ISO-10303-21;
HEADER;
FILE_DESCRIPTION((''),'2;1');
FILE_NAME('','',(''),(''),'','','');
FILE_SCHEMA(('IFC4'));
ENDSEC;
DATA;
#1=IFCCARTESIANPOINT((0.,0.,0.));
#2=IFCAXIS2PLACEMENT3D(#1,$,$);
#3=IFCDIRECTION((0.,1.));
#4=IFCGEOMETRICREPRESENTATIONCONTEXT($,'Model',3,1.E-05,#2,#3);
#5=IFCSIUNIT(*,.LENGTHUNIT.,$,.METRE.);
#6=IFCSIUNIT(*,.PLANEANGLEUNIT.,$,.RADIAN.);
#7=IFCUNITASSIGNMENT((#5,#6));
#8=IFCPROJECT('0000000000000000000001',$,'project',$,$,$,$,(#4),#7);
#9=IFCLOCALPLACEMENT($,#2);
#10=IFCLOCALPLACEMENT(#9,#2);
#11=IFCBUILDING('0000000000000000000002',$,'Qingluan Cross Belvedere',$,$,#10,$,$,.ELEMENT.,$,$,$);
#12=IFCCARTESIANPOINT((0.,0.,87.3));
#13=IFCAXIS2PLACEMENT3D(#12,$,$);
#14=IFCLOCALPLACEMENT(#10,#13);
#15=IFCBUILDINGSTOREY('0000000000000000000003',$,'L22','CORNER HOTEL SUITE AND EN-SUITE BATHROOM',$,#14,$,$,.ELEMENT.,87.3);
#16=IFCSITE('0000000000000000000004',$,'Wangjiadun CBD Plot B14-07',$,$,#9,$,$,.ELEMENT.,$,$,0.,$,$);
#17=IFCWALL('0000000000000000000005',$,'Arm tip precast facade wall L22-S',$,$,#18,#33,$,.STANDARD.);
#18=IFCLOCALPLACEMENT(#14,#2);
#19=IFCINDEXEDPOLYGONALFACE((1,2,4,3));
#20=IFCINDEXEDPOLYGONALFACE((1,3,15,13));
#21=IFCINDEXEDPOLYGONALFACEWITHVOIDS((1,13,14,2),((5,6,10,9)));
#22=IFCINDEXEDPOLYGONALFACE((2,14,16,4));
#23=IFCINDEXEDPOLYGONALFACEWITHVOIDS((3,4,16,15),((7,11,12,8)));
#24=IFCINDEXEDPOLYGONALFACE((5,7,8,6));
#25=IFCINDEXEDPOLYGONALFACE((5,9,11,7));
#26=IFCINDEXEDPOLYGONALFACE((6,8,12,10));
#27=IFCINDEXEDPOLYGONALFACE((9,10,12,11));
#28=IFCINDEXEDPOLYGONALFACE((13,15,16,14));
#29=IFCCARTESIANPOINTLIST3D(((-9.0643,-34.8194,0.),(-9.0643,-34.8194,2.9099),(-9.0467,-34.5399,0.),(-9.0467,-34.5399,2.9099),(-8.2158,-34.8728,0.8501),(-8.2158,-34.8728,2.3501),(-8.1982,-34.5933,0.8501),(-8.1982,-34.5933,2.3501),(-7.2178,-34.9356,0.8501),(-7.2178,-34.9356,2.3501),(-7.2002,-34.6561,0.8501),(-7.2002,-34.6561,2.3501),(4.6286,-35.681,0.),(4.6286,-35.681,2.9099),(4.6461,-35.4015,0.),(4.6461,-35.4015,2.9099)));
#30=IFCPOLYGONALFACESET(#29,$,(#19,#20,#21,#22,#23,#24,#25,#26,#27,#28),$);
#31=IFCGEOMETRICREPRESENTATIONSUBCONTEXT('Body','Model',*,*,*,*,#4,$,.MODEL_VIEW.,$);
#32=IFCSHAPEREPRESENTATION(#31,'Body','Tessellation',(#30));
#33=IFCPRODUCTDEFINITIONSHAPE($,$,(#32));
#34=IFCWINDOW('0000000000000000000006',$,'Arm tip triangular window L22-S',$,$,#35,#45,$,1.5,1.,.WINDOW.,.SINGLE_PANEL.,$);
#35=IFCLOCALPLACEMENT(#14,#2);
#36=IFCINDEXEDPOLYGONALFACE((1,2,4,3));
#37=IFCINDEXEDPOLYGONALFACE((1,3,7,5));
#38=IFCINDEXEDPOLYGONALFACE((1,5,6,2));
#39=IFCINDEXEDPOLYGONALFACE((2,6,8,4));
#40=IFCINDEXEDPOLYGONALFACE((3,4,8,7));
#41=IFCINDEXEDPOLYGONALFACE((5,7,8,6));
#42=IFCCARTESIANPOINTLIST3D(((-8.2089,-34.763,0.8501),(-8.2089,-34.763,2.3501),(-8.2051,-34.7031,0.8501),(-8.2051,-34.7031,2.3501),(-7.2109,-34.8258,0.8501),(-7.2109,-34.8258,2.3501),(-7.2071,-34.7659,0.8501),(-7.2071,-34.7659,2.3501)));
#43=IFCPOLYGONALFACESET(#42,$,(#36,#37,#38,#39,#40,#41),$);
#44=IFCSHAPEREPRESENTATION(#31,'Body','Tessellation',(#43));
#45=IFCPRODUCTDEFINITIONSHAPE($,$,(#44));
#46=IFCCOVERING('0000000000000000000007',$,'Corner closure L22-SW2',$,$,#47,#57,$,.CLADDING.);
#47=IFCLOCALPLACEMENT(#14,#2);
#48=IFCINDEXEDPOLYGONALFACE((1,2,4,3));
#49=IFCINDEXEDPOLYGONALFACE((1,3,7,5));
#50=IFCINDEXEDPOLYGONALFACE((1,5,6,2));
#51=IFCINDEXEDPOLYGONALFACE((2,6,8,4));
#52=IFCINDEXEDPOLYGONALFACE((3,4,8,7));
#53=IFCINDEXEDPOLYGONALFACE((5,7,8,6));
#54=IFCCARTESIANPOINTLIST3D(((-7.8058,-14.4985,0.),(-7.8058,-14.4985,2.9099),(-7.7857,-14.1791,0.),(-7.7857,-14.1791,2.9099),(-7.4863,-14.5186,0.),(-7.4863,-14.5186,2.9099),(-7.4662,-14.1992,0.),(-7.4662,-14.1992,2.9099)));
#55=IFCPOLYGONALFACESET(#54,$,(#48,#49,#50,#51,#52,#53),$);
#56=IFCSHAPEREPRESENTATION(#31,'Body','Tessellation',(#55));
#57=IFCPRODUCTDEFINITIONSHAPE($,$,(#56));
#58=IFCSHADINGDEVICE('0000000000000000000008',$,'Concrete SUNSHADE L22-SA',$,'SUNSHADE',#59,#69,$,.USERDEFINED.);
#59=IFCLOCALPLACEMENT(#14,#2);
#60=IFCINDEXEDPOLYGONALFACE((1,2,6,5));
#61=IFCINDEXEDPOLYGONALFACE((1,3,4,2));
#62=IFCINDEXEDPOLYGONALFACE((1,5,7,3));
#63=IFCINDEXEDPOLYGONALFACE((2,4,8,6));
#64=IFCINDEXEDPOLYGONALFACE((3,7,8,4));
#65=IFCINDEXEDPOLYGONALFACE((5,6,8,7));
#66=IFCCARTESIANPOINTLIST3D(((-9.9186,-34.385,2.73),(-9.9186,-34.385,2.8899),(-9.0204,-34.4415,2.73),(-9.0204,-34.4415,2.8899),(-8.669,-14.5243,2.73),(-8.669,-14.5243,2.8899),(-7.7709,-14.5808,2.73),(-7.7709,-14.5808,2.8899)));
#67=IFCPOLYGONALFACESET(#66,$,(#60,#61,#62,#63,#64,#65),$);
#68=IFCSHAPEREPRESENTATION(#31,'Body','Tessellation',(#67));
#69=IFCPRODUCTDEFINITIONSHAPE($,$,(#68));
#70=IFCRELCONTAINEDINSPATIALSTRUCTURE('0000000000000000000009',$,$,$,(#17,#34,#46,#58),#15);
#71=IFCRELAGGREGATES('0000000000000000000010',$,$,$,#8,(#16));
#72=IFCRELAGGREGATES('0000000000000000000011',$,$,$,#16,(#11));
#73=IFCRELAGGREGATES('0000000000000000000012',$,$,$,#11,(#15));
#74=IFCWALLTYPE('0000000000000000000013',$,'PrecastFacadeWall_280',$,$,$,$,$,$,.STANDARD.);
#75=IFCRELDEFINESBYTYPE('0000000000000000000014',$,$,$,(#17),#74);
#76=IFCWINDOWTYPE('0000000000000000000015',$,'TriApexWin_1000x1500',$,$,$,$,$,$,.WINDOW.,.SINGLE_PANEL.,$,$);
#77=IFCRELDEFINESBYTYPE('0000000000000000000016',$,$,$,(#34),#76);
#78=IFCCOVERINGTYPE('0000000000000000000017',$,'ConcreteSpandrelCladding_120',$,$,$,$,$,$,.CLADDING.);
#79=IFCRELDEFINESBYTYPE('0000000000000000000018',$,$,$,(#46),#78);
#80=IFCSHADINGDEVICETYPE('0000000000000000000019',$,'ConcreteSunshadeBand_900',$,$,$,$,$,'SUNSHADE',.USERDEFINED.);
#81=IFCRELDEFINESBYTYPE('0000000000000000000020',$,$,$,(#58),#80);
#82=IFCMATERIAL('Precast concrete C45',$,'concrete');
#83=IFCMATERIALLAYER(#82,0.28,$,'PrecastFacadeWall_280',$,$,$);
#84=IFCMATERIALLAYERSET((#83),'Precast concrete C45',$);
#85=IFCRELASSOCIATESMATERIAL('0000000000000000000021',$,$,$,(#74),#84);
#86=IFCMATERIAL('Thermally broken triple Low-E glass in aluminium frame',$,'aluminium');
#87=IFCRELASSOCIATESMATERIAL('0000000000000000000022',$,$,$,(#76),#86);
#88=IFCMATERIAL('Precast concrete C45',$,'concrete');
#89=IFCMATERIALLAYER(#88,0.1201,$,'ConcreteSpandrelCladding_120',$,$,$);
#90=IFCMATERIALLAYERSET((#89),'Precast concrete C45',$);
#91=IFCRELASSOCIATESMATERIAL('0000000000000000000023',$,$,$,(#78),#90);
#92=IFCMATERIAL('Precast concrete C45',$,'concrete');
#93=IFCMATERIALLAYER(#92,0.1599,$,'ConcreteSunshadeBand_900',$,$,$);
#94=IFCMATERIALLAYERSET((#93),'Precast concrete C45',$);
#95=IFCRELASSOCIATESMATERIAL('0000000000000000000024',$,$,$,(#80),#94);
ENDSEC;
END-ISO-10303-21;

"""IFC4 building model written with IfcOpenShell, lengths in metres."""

from ifc_helpers import new_model, si_unit, direction, frame, frame_2d, origin, origin_2d, place, context, subcontext, project, spatial, rectangle, extrude, material, layer, layer_set, type_object, element, fill, save


model = new_model("IFC4")

# Units and contexts
model_context = context("Model", 3, precision=1e-05, world=origin(), true_north=direction((0.0, 1.0)))
body_context = subcontext(model_context, "Body", "Model", "MODEL_VIEW")
ifc_project = project(units=[si_unit("LENGTHUNIT", "METRE"), si_unit("PLANEANGLEUNIT", "RADIAN")], contexts=[model_context])

# Site, building, storey
site_placement = place(None, origin())
site = spatial("IfcSite", under=ifc_project, at=site_placement, Name="Wangjiadun CBD Plot B14-07", CompositionType="ELEMENT", RefElevation=0.0)
building_placement = place(site_placement, origin())
building = spatial("IfcBuilding", under=site, at=building_placement, Name="Qingluan Cross Belvedere", CompositionType="ELEMENT")
storey_placement = place(building_placement, frame((0.0, 0.0, 87.3)))
storey = spatial("IfcBuildingStorey", under=building, at=storey_placement, Name="L22", Description="CORNER HOTEL SUITE AND EN-SUITE BATHROOM", CompositionType="ELEMENT", Elevation=87.3)

# Shared definitions
ifc_material_1 = material(Name="Precast concrete C45", Category="concrete")
ifc_layer_1 = layer(ifc_material_1, 0.28, Name="PrecastFacadeWall_280")
ifc_layer_set_1 = layer_set([ifc_layer_1], Name="Precast concrete C45")
wall_type_1 = type_object("IfcWallType", Name="PrecastFacadeWall_280", PredefinedType="STANDARD", material=ifc_layer_set_1)

# Wall, opening, window
wall_1_placement = place(storey_placement, frame((-9.0554, -34.6797, 0.0), z_axis=(0.0, 0.0, 1.0), x_axis=(0.998026, -0.062797, 0.0)))
wall_1 = element("IfcWall", 1, at=wall_1_placement, inside=storey, type_object=wall_type_1, Name="Arm tip precast facade wall L22-S", PredefinedType="STANDARD", context=body_context, shape_type="SweptSolid", body=[
    extrude(rectangle(XDim=13.72, YDim=0.28, at=frame_2d((6.8599, 0.0))), origin(), (0.0, 0.0, 1.0), 2.9099),
])
opening_1_placement = place(wall_1_placement, frame((0.8501, 0.0, 0.8501)))
opening_1 = element("IfcOpeningElement", 2, at=opening_1_placement, cuts=wall_1, PredefinedType="OPENING", context=body_context, shape_type="SweptSolid", body=[
    extrude(rectangle(XDim=1.0, YDim=1.5, at=frame_2d((0.5, 0.75))), frame((0.0, 0.1499, 0.0), z_axis=(0.0, -1.0, 0.0), x_axis=(1.0, 0.0, 0.0)), (0.0, 0.0, 1.0), 0.3),
])
ifc_material_2 = material(Name="Thermally broken triple Low-E glass in aluminium frame", Category="aluminium")
window_type_1 = type_object("IfcWindowType", Name="TriApexWin_1000x1500", PartitioningType="SINGLE_PANEL", PredefinedType="WINDOW", material=ifc_material_2)
window_1_placement = place(opening_1_placement, origin())
window_1 = element("IfcWindow", 3, at=window_1_placement, inside=storey, type_object=window_type_1, Name="Arm tip triangular window L22-S", OverallHeight=1.5, OverallWidth=1.0, PartitioningType="SINGLE_PANEL", PredefinedType="WINDOW", context=body_context, shape_type="SweptSolid", body=[
    extrude(rectangle(XDim=1.0, YDim=1.5, at=frame_2d((0.5, 0.75))), frame((0.0, 0.03, 0.0), z_axis=(0.0, -1.0, 0.0), x_axis=(1.0, 0.0, 0.0)), (0.0, 0.0, 1.0), 0.0601),
])
fill(opening_1, window_1)

# Covering
ifc_material_3 = material(Name="Precast concrete C45", Category="concrete")
ifc_layer_2 = layer(ifc_material_3, 0.1201, Name="ConcreteSpandrelCladding_120")
ifc_layer_set_2 = layer_set([ifc_layer_2], Name="Precast concrete C45")
covering_type = type_object("IfcCoveringType", Name="ConcreteSpandrelCladding_120", PredefinedType="CLADDING", material=ifc_layer_set_2)
covering_placement = place(storey_placement, frame((-7.636, -14.3489, 0.0), z_axis=(0.0, 0.0, 1.0), x_axis=(0.998027, -0.062791, 0.0)))
element("IfcCovering", 4, at=covering_placement, inside=storey, type_object=covering_type, Name="Corner closure L22-SW2", PredefinedType="CLADDING", context=body_context, shape_type="SweptSolid", body=[
    extrude(rectangle(XDim=0.3201, YDim=0.3201, at=origin_2d()), origin(), (0.0, 0.0, 1.0), 2.9099),
])

# Shading device
ifc_material_4 = material(Name="Precast concrete C45", Category="concrete")
ifc_layer_3 = layer(ifc_material_4, 0.1599, Name="ConcreteSunshadeBand_900")
ifc_layer_set_3 = layer_set([ifc_layer_3], Name="Precast concrete C45")
shading_device_type = type_object("IfcShadingDeviceType", Name="ConcreteSunshadeBand_900", ElementType="SUNSHADE", PredefinedType="USERDEFINED", material=ifc_layer_set_3)
shading_device_placement = place(storey_placement, frame((-8.8447, -24.4829, 2.73), z_axis=(0.0, 0.0, 1.0), x_axis=(-0.062791, -0.998027, 0.0)))
element("IfcShadingDevice", 5, at=shading_device_placement, inside=storey, type_object=shading_device_type, Name="Concrete SUNSHADE L22-SA", ObjectType="SUNSHADE", PredefinedType="USERDEFINED", context=body_context, shape_type="SweptSolid", body=[
    extrude(rectangle(XDim=19.8999, YDim=0.8999, at=origin_2d()), origin(), (0.0, 0.0, 1.0), 0.1599),
])

save(model, "model.ifc")
